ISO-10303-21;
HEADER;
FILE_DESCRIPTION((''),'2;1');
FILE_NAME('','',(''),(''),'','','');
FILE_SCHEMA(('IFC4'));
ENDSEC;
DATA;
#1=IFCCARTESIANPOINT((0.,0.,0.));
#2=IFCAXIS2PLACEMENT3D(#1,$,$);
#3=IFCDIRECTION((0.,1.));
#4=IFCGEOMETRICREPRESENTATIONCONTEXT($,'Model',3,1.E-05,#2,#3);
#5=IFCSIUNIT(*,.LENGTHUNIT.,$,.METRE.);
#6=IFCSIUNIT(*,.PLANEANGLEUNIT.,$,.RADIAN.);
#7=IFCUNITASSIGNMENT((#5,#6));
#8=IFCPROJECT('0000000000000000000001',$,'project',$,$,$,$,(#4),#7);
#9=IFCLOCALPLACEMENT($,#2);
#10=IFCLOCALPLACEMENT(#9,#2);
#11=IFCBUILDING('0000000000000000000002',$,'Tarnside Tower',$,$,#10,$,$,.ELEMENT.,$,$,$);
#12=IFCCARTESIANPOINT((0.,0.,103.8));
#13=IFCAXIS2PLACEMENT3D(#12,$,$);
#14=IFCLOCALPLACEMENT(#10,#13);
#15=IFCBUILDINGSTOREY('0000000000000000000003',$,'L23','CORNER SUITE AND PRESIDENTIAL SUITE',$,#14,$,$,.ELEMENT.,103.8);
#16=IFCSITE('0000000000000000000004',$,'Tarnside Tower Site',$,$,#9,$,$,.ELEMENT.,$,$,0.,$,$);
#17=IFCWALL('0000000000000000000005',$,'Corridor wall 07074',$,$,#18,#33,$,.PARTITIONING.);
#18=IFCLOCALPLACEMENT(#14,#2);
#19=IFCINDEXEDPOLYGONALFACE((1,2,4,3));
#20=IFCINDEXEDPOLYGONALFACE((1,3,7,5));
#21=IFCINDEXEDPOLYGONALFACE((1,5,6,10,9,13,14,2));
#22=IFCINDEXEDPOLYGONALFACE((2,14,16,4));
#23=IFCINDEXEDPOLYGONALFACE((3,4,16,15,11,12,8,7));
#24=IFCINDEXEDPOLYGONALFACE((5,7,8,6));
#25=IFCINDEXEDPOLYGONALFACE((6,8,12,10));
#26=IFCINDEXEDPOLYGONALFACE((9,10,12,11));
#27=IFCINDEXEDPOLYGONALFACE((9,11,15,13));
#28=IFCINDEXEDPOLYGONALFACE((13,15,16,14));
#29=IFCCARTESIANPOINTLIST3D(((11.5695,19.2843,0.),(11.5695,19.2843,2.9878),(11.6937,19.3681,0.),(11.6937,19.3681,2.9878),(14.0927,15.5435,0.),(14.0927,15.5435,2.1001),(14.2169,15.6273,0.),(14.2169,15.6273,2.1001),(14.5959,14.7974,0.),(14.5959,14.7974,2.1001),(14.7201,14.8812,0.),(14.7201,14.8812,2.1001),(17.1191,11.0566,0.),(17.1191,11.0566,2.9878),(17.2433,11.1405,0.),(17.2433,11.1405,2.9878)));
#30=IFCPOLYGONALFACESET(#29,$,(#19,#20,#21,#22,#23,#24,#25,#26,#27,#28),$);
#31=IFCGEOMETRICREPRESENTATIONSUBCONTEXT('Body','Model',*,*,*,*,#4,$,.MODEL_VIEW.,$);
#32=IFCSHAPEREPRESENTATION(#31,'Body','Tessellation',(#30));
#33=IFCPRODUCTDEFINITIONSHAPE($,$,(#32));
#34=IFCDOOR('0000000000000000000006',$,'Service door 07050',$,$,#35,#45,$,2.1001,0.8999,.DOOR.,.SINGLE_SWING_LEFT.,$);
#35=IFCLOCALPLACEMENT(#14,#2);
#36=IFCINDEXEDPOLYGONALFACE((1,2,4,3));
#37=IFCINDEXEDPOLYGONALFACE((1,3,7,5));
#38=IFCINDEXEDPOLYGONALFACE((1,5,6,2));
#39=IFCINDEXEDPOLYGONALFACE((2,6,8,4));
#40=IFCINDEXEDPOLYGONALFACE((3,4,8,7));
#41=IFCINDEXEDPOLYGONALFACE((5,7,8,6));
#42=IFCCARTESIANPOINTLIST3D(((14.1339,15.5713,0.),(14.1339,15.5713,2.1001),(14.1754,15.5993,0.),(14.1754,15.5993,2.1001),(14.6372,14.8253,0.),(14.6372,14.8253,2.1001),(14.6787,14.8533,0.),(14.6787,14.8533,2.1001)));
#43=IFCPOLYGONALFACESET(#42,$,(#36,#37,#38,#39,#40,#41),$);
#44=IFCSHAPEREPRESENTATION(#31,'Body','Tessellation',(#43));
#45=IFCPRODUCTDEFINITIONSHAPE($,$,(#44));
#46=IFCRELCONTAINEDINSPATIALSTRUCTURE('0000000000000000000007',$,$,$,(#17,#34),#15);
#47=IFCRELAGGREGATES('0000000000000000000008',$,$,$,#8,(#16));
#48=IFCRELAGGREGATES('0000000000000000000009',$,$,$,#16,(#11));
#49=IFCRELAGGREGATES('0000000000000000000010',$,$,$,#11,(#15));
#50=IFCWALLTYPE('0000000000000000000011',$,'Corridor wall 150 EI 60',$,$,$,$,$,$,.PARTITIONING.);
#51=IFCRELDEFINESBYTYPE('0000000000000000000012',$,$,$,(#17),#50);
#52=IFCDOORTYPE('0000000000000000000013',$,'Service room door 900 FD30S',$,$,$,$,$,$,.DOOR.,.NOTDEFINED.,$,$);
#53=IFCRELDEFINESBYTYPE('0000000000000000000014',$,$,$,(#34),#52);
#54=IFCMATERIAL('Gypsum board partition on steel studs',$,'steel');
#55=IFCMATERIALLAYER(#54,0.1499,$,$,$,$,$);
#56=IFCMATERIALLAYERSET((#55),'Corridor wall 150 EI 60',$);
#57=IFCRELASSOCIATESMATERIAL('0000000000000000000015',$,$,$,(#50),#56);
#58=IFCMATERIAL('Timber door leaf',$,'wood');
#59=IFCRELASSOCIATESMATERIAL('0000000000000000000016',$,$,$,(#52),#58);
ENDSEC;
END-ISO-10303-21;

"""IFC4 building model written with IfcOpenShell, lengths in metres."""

from ifc_helpers import new_model, si_unit, direction, frame, frame_2d, origin, place, context, subcontext, project, spatial, rectangle, extrude, material, layer, layer_set, type_object, element, fill, save


model = new_model("IFC4")

# Units and contexts
model_context = context("Model", 3, precision=1e-05, world=origin(), true_north=direction((0.0, 1.0)))
body_context = subcontext(model_context, "Body", "Model", "MODEL_VIEW")
ifc_project = project(units=[si_unit("LENGTHUNIT", "METRE"), si_unit("PLANEANGLEUNIT", "RADIAN")], contexts=[model_context])

# Site, building, storey
site_placement = place(None, origin())
site = spatial("IfcSite", under=ifc_project, at=site_placement, Name="Tarnside Tower Site", CompositionType="ELEMENT", RefElevation=0.0)
building_placement = place(site_placement, origin())
building = spatial("IfcBuilding", under=site, at=building_placement, Name="Tarnside Tower", CompositionType="ELEMENT")
storey_placement = place(building_placement, frame((0.0, 0.0, 103.8)))
storey = spatial("IfcBuildingStorey", under=building, at=storey_placement, Name="L23", Description="CORNER SUITE AND PRESIDENTIAL SUITE", CompositionType="ELEMENT", Elevation=103.8)

# Shared definitions
ifc_material_1 = material(Name="Gypsum board partition on steel studs", Category="steel")

# Shared definitions
ifc_layer_1 = layer(ifc_material_1, 0.1499)
ifc_layer_set_1 = layer_set([ifc_layer_1], Name="Corridor wall 150 EI 60")
wall_type_1 = type_object("IfcWallType", Name="Corridor wall 150 EI 60", PredefinedType="PARTITIONING", material=ifc_layer_set_1)
ifc_material_2 = material(Name="Timber door leaf", Category="wood")

# Wall, opening, door
wall_1_placement = place(storey_placement, frame((11.6316, 19.3262, 0.0), z_axis=(0.0, 0.0, 1.0), x_axis=(0.559194, -0.829037, 0.0)))
wall_1 = element("IfcWall", 1, at=wall_1_placement, inside=storey, type_object=wall_type_1, Name="Corridor wall 07074", PredefinedType="PARTITIONING", context=body_context, shape_type="SweptSolid", body=[
    extrude(rectangle(XDim=9.9243, YDim=0.1499, at=frame_2d((4.9622, 0.0))), origin(), (0.0, 0.0, 1.0), 2.9878),
])
opening_1_placement = place(wall_1_placement, frame((4.5122, 0.0, 0.0)))
opening_1 = element("IfcOpeningElement", 2, at=opening_1_placement, cuts=wall_1, PredefinedType="OPENING", context=body_context, shape_type="SweptSolid", body=[
    extrude(rectangle(XDim=0.8999, YDim=2.1001, at=frame_2d((0.45, 1.05))), frame((0.0, 0.085, 0.0), z_axis=(0.0, -1.0, 0.0), x_axis=(1.0, 0.0, 0.0)), (0.0, 0.0, 1.0), 0.1699),
])
door_type_1 = type_object("IfcDoorType", Name="Service room door 900 FD30S", OperationType="NOTDEFINED", PredefinedType="DOOR", material=ifc_material_2)
door_1_placement = place(opening_1_placement, origin())
door_1 = element("IfcDoor", 3, at=door_1_placement, inside=storey, type_object=door_type_1, Name="Service door 07050", OperationType="SINGLE_SWING_LEFT", OverallHeight=2.1001, OverallWidth=0.8999, PredefinedType="DOOR", context=body_context, shape_type="SweptSolid", body=[
    extrude(rectangle(XDim=0.8999, YDim=2.1001, at=frame_2d((0.45, 1.05))), frame((0.0, 0.0249, 0.0), z_axis=(0.0, -1.0, 0.0), x_axis=(1.0, 0.0, 0.0)), (0.0, 0.0, 1.0), 0.05),
])
fill(opening_1, door_1)

save(model, "model.ifc")
